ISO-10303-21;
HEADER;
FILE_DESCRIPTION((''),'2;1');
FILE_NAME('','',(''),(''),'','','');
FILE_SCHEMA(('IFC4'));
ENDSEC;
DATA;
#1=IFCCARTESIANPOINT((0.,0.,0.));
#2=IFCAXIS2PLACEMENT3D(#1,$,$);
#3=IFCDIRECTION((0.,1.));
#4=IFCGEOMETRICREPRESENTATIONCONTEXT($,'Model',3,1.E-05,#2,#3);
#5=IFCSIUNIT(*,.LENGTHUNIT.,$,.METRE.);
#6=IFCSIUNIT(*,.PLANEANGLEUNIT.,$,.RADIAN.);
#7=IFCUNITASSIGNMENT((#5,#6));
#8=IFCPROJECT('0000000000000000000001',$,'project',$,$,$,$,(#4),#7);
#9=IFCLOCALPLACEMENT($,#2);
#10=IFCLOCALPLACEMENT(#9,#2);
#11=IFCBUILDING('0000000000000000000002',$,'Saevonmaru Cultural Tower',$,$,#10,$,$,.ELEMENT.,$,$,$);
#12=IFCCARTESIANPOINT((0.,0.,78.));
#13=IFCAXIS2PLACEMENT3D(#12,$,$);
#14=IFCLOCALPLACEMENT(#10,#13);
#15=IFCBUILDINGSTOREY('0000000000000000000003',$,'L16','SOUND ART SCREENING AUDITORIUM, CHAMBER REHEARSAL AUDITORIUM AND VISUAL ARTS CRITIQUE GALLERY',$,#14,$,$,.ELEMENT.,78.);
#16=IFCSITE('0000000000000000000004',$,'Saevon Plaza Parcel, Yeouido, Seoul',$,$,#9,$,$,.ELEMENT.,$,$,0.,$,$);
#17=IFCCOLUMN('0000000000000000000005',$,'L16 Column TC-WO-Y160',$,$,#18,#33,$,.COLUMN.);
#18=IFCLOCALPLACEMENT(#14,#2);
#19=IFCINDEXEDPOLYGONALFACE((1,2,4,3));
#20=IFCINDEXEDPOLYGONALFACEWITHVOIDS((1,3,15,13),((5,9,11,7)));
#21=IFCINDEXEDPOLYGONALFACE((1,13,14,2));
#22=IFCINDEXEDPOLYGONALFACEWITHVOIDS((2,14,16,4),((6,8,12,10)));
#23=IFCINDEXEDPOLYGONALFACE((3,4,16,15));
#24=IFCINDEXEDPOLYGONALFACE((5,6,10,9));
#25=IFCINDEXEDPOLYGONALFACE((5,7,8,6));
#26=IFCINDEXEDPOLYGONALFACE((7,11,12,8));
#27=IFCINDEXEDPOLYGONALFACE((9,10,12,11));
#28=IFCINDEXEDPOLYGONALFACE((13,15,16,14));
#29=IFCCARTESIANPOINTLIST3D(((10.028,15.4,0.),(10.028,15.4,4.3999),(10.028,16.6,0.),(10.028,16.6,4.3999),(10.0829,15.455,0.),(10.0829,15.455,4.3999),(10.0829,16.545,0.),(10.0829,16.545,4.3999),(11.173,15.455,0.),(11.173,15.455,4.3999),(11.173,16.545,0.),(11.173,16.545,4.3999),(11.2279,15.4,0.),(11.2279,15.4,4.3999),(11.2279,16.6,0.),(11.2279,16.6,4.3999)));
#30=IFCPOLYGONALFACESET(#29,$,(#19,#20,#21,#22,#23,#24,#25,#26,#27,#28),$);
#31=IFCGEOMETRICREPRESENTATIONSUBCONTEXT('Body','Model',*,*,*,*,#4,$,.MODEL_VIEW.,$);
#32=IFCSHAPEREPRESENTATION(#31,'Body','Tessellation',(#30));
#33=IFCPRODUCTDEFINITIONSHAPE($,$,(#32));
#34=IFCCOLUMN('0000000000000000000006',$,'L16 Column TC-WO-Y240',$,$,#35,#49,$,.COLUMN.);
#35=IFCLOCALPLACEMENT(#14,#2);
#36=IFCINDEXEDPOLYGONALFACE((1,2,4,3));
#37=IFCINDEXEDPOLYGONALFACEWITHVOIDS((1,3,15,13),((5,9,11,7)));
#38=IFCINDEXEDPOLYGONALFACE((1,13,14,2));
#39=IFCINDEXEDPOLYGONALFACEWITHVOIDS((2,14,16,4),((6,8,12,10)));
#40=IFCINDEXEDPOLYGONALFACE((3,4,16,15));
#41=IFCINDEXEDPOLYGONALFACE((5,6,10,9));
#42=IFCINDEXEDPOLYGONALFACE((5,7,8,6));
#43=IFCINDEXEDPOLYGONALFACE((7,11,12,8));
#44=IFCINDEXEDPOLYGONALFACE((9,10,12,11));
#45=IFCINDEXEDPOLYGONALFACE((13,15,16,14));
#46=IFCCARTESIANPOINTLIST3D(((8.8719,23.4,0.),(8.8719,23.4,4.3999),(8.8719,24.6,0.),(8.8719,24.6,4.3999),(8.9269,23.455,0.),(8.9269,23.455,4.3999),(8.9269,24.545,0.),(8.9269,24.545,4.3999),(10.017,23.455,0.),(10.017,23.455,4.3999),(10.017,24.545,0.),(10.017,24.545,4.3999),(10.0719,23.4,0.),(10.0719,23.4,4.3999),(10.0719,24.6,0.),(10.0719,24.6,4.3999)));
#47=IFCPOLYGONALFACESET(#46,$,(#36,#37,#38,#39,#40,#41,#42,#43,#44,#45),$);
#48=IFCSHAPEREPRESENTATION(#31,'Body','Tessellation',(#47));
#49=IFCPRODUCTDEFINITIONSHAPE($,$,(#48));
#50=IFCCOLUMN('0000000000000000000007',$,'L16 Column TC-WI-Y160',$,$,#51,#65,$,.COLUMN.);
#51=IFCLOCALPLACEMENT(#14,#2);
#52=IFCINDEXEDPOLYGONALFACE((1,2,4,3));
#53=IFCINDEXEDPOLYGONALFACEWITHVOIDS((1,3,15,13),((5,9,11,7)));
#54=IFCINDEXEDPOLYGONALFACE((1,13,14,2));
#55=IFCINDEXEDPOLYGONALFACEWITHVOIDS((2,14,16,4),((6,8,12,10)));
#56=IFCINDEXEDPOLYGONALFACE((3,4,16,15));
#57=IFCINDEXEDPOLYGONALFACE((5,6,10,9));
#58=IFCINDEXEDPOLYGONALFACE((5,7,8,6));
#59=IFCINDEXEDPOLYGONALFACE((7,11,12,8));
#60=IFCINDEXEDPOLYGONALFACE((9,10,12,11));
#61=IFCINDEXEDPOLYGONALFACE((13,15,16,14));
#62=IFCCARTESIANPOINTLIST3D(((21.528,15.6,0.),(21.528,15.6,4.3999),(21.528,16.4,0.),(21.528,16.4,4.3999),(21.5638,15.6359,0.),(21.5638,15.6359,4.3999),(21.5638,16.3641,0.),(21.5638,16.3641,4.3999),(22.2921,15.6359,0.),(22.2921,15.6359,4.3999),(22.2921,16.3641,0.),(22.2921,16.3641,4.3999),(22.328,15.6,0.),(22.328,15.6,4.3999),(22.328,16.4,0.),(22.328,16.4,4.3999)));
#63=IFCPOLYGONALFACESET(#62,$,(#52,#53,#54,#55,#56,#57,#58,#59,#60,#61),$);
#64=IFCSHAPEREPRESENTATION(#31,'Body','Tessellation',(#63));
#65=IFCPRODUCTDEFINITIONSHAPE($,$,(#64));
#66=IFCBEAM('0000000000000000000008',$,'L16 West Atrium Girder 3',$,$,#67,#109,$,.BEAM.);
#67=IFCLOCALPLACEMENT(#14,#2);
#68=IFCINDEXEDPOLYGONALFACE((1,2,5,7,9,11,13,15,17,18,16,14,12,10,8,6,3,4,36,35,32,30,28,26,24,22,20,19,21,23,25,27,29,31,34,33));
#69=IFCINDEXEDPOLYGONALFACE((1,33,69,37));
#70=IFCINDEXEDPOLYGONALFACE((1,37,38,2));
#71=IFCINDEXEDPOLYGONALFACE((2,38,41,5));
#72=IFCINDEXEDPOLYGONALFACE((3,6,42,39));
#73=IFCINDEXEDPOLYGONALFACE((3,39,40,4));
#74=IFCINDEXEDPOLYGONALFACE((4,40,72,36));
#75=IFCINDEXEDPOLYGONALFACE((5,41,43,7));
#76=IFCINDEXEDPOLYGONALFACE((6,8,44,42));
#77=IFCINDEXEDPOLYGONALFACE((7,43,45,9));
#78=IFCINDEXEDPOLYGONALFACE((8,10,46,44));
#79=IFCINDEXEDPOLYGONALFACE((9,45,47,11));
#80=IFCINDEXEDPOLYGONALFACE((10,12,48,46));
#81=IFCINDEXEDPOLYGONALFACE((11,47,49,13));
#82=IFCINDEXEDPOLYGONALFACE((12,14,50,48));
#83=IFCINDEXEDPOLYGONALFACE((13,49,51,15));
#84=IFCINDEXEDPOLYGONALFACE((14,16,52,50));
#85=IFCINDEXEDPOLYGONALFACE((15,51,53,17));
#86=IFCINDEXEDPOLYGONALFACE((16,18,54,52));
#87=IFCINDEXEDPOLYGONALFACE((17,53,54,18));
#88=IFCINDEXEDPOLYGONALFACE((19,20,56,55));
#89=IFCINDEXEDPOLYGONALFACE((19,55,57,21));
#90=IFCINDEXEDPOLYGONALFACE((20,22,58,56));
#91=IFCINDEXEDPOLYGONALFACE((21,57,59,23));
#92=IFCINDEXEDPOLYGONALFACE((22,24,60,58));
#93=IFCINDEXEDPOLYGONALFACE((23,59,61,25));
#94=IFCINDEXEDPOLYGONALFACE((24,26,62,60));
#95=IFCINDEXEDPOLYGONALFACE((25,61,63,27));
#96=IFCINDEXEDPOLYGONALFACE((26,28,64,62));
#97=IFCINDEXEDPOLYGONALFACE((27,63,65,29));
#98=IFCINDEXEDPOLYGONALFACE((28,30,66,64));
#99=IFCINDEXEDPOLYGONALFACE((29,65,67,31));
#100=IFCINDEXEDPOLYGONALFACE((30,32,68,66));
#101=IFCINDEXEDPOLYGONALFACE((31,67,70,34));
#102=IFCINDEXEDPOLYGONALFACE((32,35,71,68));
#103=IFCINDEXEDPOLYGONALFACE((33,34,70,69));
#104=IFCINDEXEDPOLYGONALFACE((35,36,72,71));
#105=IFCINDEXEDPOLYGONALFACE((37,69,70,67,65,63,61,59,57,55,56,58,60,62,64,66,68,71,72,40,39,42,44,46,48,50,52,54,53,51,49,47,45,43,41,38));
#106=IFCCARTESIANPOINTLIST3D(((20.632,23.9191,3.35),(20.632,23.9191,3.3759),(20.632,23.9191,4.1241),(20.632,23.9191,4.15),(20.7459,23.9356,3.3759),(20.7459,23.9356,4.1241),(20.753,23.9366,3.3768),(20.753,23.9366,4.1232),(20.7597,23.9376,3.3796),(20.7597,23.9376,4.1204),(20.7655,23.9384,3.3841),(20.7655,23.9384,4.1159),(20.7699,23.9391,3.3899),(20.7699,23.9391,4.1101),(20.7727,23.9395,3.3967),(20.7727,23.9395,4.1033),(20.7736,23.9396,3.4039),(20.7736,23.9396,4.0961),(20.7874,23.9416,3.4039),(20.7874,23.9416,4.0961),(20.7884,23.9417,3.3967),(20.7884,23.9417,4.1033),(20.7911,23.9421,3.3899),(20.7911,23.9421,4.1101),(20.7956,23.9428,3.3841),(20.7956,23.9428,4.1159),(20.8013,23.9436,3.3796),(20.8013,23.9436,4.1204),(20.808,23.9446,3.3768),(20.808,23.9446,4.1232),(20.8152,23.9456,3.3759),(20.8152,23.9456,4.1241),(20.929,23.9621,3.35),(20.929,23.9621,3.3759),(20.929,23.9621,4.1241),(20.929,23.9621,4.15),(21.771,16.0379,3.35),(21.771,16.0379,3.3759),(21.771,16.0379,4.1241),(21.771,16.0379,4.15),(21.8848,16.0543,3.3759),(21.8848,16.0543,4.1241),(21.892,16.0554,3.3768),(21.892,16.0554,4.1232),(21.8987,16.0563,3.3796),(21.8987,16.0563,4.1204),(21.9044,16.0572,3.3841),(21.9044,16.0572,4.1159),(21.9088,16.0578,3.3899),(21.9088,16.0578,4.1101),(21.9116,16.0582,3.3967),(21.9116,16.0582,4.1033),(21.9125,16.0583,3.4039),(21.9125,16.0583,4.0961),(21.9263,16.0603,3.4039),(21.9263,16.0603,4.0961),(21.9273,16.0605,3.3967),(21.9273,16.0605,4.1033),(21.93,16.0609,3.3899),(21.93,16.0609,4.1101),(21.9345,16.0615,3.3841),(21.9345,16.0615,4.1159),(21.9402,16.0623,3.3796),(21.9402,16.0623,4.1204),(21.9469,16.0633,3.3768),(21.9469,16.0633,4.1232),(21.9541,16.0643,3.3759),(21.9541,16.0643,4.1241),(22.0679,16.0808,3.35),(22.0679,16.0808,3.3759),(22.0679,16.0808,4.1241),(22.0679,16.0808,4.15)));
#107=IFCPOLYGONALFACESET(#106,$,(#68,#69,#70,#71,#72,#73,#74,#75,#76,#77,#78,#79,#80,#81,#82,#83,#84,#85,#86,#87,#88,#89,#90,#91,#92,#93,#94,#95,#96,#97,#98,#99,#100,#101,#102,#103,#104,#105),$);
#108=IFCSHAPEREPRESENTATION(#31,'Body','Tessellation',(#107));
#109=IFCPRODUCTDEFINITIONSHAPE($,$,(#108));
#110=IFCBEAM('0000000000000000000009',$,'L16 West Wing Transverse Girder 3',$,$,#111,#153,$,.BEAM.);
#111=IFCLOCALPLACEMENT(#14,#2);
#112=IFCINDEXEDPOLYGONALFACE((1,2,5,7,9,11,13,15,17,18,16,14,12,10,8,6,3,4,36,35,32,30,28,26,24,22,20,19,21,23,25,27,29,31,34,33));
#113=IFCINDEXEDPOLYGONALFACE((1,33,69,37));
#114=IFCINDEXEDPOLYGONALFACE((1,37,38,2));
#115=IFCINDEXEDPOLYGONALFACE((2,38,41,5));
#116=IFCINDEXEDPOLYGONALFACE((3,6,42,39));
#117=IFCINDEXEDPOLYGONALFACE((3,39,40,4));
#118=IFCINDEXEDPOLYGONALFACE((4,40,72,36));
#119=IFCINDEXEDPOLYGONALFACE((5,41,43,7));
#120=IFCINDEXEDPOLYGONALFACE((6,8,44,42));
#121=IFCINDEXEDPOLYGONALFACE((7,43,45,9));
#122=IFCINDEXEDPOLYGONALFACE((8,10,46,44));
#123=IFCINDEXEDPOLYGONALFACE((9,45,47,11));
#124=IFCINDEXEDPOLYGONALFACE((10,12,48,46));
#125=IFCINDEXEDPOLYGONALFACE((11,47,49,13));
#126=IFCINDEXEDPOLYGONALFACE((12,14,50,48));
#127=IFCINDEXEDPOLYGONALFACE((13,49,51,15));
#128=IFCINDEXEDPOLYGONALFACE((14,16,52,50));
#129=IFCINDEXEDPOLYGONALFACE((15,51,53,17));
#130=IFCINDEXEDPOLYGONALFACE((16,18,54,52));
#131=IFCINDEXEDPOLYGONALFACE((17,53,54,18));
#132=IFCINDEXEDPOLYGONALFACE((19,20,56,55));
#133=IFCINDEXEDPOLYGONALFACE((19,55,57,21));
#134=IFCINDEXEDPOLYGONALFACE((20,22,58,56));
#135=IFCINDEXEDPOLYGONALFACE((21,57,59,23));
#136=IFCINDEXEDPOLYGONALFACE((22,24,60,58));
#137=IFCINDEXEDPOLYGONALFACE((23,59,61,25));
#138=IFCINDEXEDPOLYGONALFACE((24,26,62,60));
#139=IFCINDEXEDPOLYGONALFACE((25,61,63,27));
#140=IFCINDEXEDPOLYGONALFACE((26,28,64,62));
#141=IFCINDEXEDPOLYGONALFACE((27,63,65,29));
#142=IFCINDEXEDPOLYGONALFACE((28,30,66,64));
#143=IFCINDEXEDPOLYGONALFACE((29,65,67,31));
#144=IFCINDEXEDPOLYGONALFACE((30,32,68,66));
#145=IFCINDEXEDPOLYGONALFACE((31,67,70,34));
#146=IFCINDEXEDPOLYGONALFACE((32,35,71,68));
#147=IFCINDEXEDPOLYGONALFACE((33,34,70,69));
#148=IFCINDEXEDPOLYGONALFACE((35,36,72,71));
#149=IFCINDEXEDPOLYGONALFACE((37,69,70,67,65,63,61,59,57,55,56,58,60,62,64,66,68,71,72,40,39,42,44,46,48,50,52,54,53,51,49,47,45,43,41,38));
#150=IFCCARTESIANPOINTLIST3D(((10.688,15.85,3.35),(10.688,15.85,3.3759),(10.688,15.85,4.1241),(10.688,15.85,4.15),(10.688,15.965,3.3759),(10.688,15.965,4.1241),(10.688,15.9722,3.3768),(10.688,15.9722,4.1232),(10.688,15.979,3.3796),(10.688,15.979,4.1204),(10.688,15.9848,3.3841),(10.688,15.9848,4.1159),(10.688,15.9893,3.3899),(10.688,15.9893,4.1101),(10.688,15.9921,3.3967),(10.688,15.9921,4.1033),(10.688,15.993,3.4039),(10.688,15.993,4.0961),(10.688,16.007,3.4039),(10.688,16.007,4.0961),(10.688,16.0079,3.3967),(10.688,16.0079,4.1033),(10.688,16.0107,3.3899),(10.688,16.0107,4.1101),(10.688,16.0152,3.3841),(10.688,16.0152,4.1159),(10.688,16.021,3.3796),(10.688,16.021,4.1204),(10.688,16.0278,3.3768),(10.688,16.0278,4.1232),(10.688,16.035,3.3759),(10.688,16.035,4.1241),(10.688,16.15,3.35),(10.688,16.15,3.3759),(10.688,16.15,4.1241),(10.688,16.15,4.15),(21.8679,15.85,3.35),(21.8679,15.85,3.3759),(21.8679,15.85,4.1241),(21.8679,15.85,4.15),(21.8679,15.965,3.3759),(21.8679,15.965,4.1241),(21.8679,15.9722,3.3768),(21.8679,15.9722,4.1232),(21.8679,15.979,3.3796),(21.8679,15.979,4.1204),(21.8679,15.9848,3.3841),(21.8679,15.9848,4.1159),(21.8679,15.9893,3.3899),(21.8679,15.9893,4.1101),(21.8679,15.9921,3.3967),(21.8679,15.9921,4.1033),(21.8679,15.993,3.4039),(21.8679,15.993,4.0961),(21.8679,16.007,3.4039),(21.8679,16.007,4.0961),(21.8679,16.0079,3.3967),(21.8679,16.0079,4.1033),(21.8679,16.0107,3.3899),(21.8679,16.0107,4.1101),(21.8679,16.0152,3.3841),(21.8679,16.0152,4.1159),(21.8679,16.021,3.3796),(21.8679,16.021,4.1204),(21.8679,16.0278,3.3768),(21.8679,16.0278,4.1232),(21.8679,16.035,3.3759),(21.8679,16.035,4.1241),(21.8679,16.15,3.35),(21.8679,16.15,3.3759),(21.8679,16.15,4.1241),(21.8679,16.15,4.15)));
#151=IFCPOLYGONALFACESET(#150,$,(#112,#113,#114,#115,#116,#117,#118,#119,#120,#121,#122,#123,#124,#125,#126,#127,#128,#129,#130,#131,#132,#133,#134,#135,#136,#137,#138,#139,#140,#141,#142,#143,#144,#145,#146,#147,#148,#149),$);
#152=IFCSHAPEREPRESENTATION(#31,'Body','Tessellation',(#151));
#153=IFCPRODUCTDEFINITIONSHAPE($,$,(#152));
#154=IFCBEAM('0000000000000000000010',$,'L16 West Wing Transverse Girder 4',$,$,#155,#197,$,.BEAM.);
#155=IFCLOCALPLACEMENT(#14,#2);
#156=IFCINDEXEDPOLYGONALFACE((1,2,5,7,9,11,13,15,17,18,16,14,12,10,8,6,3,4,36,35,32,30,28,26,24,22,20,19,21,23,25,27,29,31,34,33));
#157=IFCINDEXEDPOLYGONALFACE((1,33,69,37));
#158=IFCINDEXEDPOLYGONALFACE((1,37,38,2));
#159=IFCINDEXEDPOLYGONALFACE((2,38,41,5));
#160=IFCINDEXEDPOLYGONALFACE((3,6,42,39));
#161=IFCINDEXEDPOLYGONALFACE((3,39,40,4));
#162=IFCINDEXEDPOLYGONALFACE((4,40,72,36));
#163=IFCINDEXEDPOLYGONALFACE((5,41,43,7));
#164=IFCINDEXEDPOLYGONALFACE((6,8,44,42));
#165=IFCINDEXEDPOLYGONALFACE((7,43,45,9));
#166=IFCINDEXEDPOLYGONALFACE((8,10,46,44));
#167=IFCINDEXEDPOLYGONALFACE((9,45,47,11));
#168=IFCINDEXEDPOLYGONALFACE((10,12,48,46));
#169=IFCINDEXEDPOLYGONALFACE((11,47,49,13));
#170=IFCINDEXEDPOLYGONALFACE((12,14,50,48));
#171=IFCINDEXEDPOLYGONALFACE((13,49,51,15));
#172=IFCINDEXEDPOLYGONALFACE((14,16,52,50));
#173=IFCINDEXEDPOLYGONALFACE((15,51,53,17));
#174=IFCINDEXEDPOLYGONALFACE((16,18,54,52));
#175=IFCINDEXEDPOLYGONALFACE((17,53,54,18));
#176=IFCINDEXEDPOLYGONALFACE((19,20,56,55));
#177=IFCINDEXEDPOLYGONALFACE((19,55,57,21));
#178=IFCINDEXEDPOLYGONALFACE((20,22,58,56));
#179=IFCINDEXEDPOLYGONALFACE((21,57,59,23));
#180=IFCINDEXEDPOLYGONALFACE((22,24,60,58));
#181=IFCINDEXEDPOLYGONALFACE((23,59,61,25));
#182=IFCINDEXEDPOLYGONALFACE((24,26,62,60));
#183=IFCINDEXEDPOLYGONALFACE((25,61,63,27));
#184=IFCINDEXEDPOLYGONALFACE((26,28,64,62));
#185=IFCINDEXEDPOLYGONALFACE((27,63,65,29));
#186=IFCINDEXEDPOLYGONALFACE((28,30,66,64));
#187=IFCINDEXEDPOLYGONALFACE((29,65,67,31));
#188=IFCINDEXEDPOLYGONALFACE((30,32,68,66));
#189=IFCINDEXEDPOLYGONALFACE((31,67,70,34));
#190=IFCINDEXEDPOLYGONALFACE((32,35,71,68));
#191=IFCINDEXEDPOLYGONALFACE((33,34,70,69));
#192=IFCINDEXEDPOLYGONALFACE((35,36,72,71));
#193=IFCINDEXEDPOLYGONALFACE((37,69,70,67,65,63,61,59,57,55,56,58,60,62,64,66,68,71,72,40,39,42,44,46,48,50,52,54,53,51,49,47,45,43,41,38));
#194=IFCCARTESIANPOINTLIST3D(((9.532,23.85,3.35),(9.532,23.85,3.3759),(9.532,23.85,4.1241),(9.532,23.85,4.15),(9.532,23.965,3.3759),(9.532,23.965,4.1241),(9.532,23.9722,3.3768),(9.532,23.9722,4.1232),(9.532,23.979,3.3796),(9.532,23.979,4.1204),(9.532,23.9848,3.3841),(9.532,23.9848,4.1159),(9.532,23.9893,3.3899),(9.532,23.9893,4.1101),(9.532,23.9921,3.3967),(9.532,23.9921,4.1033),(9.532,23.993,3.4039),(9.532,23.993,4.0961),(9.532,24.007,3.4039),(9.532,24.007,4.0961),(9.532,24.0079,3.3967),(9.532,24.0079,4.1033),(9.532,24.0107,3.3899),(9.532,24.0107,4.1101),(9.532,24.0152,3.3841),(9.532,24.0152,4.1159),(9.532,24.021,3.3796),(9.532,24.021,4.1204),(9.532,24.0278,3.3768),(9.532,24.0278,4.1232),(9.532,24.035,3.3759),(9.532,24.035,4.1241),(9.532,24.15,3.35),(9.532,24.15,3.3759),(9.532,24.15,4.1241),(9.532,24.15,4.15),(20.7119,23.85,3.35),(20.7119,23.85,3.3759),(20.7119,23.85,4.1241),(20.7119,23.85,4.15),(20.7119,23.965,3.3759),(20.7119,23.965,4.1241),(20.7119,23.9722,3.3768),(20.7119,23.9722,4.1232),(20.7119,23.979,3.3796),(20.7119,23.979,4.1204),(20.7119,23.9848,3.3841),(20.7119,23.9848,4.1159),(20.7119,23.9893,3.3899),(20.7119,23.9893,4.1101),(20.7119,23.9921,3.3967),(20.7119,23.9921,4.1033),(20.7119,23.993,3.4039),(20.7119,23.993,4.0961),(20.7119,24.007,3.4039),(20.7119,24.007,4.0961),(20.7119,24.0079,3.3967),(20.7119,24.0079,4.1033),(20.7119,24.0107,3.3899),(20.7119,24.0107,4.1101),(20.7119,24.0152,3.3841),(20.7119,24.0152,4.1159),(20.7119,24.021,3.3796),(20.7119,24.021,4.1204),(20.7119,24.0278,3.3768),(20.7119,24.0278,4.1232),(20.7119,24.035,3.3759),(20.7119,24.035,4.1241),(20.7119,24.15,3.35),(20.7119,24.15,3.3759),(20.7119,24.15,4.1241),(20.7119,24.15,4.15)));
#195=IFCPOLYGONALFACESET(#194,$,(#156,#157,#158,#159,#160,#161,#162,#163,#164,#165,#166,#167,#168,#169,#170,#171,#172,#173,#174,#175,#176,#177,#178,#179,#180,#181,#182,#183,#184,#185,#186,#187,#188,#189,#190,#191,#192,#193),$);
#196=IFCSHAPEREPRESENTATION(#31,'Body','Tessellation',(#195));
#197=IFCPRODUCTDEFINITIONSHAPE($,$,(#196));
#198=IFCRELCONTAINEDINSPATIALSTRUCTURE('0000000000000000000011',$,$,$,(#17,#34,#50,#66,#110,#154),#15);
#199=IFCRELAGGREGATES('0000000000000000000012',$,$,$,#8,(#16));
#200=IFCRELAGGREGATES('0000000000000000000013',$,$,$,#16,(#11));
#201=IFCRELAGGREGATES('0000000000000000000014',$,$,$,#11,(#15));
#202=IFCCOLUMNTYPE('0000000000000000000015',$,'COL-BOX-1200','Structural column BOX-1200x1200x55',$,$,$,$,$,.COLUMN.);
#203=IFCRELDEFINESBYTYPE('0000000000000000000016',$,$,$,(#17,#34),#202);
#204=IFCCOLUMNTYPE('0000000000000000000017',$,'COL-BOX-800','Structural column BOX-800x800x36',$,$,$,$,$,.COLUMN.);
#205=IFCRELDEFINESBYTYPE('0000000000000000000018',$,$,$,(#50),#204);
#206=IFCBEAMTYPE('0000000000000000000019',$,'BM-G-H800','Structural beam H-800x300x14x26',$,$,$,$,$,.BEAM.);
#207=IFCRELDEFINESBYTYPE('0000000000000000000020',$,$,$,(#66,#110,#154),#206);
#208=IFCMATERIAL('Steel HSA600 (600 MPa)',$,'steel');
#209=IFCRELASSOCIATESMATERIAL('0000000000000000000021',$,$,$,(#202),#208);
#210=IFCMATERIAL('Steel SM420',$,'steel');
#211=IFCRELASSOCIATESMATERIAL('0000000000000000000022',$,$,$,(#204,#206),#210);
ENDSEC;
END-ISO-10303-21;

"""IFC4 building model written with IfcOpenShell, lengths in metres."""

from ifc_helpers import new_model, si_unit, direction, frame, origin, origin_2d, place, context, subcontext, project, spatial, hollow_rectangle, i_section, extrude, material, material_profile, profile_set, type_object, element, save


model = new_model("IFC4")

# Units and contexts
model_context = context("Model", 3, precision=1e-05, world=origin(), true_north=direction((0.0, 1.0)))
body_context = subcontext(model_context, "Body", "Model", "MODEL_VIEW")
ifc_project = project(units=[si_unit("LENGTHUNIT", "METRE"), si_unit("PLANEANGLEUNIT", "RADIAN")], contexts=[model_context])

# Site, building, storey
site_placement = place(None, origin())
site = spatial("IfcSite", under=ifc_project, at=site_placement, Name="Saevon Plaza Parcel, Yeouido, Seoul", CompositionType="ELEMENT", RefElevation=0.0)
building_placement = place(site_placement, origin())
building = spatial("IfcBuilding", under=site, at=building_placement, Name="Saevonmaru Cultural Tower", CompositionType="ELEMENT")
storey_placement = place(building_placement, frame((0.0, 0.0, 78.0)))
storey = spatial("IfcBuildingStorey", under=building, at=storey_placement, Name="L16", Description="SOUND ART SCREENING AUDITORIUM, CHAMBER REHEARSAL AUDITORIUM AND VISUAL ARTS CRITIQUE GALLERY", CompositionType="ELEMENT", Elevation=78.0)

# Columns
ifc_material_1 = material(Name="Steel HSA600 (600 MPa)", Category="steel")
ifc_material_profile_1 = material_profile(ifc_material_1, hollow_rectangle(XDim=1.2, YDim=1.2, WallThickness=0.0549, at=origin_2d()), Name="BOX-1200x1200x55")
ifc_profile_set_1 = profile_set([ifc_material_profile_1], Name="Steel HSA600 (600 MPa)")
column_type_1 = type_object("IfcColumnType", Name="COL-BOX-1200", Description="Structural column BOX-1200x1200x55", PredefinedType="COLUMN", material=ifc_profile_set_1)
for number, where, z_axis, x_axis, name in (
    (1, (10.6279, 16.0, 0.0), (0.0, 0.0, 1.0), (1.0, 0.0, 0.0), "L16 Column TC-WO-Y160"),
    (2, (9.4719, 24.0, 0.0), (0.0, 0.0, 1.0), (1.0, 0.0, 0.0), "L16 Column TC-WO-Y240"),
):
    element("IfcColumn", number, at=place(storey_placement, frame(where, z_axis=z_axis, x_axis=x_axis)), inside=storey, type_object=column_type_1, Name=name, PredefinedType="COLUMN", context=body_context, shape_type="SweptSolid", body=[
        extrude(hollow_rectangle(XDim=1.2, YDim=1.2, WallThickness=0.0549, at=origin_2d()), origin(), (0.0, 0.0, 1.0), 4.3999),
    ])
ifc_material_2 = material(Name="Steel SM420", Category="steel")
ifc_material_profile_2 = material_profile(ifc_material_2, hollow_rectangle(XDim=0.8, YDim=0.8, WallThickness=0.0359, at=origin_2d()), Name="BOX-800x800x36")
ifc_profile_set_2 = profile_set([ifc_material_profile_2], Name="Steel SM420")
column_type_2 = type_object("IfcColumnType", Name="COL-BOX-800", Description="Structural column BOX-800x800x36", PredefinedType="COLUMN", material=ifc_profile_set_2)
column_placement = place(storey_placement, frame((21.928, 16.0, 0.0), z_axis=(0.0, 0.0, 1.0), x_axis=(1.0, 0.0, 0.0)))
element("IfcColumn", 3, at=column_placement, inside=storey, type_object=column_type_2, Name="L16 Column TC-WI-Y160", PredefinedType="COLUMN", context=body_context, shape_type="SweptSolid", body=[
    extrude(hollow_rectangle(XDim=0.8, YDim=0.8, WallThickness=0.0359, at=origin_2d()), origin(), (0.0, 0.0, 1.0), 4.3999),
])

# Beams
ifc_material_profile_3 = material_profile(ifc_material_2, i_section(OverallWidth=0.3, OverallDepth=0.8, WebThickness=0.0139, FlangeThickness=0.0259, FilletRadius=0.0281, at=origin_2d()), Name="H-800x300x14x26")
ifc_profile_set_3 = profile_set([ifc_material_profile_3], Name="Steel SM420")
beam_type_1 = type_object("IfcBeamType", Name="BM-G-H800", Description="Structural beam H-800x300x14x26", PredefinedType="BEAM", material=ifc_profile_set_3)
beam_1_placement = place(storey_placement, frame((21.9194, 16.0593, 3.75), z_axis=(-0.143022, 0.989719, 0.0), x_axis=(-0.989719, -0.143022, 0.0)))
element("IfcBeam", 4, at=beam_1_placement, inside=storey, type_object=beam_type_1, Name="L16 West Atrium Girder 3", PredefinedType="BEAM", context=body_context, shape_type="SweptSolid", body=[
    extrude(i_section(OverallWidth=0.3, OverallDepth=0.8, WebThickness=0.0139, FlangeThickness=0.0259, FilletRadius=0.0281, at=origin_2d()), origin(), (0.0, 0.0, 1.0), 7.9631),
])
for number, where, z_axis, x_axis, name in (
    (5, (10.688, 16.0, 3.75), (1.0, 0.0, 0.0), (0.0, 1.0, 0.0), "L16 West Wing Transverse Girder 3"),
    (6, (9.532, 24.0, 3.75), (1.0, 0.0, 0.0), (0.0, 1.0, 0.0), "L16 West Wing Transverse Girder 4"),
):
    element("IfcBeam", number, at=place(storey_placement, frame(where, z_axis=z_axis, x_axis=x_axis)), inside=storey, type_object=beam_type_1, Name=name, PredefinedType="BEAM", context=body_context, shape_type="SweptSolid", body=[
        extrude(i_section(OverallWidth=0.3, OverallDepth=0.8, WebThickness=0.0139, FlangeThickness=0.0259, FilletRadius=0.0281, at=origin_2d()), origin(), (0.0, 0.0, 1.0), 11.1799),
    ])

save(model, "model.ifc")
